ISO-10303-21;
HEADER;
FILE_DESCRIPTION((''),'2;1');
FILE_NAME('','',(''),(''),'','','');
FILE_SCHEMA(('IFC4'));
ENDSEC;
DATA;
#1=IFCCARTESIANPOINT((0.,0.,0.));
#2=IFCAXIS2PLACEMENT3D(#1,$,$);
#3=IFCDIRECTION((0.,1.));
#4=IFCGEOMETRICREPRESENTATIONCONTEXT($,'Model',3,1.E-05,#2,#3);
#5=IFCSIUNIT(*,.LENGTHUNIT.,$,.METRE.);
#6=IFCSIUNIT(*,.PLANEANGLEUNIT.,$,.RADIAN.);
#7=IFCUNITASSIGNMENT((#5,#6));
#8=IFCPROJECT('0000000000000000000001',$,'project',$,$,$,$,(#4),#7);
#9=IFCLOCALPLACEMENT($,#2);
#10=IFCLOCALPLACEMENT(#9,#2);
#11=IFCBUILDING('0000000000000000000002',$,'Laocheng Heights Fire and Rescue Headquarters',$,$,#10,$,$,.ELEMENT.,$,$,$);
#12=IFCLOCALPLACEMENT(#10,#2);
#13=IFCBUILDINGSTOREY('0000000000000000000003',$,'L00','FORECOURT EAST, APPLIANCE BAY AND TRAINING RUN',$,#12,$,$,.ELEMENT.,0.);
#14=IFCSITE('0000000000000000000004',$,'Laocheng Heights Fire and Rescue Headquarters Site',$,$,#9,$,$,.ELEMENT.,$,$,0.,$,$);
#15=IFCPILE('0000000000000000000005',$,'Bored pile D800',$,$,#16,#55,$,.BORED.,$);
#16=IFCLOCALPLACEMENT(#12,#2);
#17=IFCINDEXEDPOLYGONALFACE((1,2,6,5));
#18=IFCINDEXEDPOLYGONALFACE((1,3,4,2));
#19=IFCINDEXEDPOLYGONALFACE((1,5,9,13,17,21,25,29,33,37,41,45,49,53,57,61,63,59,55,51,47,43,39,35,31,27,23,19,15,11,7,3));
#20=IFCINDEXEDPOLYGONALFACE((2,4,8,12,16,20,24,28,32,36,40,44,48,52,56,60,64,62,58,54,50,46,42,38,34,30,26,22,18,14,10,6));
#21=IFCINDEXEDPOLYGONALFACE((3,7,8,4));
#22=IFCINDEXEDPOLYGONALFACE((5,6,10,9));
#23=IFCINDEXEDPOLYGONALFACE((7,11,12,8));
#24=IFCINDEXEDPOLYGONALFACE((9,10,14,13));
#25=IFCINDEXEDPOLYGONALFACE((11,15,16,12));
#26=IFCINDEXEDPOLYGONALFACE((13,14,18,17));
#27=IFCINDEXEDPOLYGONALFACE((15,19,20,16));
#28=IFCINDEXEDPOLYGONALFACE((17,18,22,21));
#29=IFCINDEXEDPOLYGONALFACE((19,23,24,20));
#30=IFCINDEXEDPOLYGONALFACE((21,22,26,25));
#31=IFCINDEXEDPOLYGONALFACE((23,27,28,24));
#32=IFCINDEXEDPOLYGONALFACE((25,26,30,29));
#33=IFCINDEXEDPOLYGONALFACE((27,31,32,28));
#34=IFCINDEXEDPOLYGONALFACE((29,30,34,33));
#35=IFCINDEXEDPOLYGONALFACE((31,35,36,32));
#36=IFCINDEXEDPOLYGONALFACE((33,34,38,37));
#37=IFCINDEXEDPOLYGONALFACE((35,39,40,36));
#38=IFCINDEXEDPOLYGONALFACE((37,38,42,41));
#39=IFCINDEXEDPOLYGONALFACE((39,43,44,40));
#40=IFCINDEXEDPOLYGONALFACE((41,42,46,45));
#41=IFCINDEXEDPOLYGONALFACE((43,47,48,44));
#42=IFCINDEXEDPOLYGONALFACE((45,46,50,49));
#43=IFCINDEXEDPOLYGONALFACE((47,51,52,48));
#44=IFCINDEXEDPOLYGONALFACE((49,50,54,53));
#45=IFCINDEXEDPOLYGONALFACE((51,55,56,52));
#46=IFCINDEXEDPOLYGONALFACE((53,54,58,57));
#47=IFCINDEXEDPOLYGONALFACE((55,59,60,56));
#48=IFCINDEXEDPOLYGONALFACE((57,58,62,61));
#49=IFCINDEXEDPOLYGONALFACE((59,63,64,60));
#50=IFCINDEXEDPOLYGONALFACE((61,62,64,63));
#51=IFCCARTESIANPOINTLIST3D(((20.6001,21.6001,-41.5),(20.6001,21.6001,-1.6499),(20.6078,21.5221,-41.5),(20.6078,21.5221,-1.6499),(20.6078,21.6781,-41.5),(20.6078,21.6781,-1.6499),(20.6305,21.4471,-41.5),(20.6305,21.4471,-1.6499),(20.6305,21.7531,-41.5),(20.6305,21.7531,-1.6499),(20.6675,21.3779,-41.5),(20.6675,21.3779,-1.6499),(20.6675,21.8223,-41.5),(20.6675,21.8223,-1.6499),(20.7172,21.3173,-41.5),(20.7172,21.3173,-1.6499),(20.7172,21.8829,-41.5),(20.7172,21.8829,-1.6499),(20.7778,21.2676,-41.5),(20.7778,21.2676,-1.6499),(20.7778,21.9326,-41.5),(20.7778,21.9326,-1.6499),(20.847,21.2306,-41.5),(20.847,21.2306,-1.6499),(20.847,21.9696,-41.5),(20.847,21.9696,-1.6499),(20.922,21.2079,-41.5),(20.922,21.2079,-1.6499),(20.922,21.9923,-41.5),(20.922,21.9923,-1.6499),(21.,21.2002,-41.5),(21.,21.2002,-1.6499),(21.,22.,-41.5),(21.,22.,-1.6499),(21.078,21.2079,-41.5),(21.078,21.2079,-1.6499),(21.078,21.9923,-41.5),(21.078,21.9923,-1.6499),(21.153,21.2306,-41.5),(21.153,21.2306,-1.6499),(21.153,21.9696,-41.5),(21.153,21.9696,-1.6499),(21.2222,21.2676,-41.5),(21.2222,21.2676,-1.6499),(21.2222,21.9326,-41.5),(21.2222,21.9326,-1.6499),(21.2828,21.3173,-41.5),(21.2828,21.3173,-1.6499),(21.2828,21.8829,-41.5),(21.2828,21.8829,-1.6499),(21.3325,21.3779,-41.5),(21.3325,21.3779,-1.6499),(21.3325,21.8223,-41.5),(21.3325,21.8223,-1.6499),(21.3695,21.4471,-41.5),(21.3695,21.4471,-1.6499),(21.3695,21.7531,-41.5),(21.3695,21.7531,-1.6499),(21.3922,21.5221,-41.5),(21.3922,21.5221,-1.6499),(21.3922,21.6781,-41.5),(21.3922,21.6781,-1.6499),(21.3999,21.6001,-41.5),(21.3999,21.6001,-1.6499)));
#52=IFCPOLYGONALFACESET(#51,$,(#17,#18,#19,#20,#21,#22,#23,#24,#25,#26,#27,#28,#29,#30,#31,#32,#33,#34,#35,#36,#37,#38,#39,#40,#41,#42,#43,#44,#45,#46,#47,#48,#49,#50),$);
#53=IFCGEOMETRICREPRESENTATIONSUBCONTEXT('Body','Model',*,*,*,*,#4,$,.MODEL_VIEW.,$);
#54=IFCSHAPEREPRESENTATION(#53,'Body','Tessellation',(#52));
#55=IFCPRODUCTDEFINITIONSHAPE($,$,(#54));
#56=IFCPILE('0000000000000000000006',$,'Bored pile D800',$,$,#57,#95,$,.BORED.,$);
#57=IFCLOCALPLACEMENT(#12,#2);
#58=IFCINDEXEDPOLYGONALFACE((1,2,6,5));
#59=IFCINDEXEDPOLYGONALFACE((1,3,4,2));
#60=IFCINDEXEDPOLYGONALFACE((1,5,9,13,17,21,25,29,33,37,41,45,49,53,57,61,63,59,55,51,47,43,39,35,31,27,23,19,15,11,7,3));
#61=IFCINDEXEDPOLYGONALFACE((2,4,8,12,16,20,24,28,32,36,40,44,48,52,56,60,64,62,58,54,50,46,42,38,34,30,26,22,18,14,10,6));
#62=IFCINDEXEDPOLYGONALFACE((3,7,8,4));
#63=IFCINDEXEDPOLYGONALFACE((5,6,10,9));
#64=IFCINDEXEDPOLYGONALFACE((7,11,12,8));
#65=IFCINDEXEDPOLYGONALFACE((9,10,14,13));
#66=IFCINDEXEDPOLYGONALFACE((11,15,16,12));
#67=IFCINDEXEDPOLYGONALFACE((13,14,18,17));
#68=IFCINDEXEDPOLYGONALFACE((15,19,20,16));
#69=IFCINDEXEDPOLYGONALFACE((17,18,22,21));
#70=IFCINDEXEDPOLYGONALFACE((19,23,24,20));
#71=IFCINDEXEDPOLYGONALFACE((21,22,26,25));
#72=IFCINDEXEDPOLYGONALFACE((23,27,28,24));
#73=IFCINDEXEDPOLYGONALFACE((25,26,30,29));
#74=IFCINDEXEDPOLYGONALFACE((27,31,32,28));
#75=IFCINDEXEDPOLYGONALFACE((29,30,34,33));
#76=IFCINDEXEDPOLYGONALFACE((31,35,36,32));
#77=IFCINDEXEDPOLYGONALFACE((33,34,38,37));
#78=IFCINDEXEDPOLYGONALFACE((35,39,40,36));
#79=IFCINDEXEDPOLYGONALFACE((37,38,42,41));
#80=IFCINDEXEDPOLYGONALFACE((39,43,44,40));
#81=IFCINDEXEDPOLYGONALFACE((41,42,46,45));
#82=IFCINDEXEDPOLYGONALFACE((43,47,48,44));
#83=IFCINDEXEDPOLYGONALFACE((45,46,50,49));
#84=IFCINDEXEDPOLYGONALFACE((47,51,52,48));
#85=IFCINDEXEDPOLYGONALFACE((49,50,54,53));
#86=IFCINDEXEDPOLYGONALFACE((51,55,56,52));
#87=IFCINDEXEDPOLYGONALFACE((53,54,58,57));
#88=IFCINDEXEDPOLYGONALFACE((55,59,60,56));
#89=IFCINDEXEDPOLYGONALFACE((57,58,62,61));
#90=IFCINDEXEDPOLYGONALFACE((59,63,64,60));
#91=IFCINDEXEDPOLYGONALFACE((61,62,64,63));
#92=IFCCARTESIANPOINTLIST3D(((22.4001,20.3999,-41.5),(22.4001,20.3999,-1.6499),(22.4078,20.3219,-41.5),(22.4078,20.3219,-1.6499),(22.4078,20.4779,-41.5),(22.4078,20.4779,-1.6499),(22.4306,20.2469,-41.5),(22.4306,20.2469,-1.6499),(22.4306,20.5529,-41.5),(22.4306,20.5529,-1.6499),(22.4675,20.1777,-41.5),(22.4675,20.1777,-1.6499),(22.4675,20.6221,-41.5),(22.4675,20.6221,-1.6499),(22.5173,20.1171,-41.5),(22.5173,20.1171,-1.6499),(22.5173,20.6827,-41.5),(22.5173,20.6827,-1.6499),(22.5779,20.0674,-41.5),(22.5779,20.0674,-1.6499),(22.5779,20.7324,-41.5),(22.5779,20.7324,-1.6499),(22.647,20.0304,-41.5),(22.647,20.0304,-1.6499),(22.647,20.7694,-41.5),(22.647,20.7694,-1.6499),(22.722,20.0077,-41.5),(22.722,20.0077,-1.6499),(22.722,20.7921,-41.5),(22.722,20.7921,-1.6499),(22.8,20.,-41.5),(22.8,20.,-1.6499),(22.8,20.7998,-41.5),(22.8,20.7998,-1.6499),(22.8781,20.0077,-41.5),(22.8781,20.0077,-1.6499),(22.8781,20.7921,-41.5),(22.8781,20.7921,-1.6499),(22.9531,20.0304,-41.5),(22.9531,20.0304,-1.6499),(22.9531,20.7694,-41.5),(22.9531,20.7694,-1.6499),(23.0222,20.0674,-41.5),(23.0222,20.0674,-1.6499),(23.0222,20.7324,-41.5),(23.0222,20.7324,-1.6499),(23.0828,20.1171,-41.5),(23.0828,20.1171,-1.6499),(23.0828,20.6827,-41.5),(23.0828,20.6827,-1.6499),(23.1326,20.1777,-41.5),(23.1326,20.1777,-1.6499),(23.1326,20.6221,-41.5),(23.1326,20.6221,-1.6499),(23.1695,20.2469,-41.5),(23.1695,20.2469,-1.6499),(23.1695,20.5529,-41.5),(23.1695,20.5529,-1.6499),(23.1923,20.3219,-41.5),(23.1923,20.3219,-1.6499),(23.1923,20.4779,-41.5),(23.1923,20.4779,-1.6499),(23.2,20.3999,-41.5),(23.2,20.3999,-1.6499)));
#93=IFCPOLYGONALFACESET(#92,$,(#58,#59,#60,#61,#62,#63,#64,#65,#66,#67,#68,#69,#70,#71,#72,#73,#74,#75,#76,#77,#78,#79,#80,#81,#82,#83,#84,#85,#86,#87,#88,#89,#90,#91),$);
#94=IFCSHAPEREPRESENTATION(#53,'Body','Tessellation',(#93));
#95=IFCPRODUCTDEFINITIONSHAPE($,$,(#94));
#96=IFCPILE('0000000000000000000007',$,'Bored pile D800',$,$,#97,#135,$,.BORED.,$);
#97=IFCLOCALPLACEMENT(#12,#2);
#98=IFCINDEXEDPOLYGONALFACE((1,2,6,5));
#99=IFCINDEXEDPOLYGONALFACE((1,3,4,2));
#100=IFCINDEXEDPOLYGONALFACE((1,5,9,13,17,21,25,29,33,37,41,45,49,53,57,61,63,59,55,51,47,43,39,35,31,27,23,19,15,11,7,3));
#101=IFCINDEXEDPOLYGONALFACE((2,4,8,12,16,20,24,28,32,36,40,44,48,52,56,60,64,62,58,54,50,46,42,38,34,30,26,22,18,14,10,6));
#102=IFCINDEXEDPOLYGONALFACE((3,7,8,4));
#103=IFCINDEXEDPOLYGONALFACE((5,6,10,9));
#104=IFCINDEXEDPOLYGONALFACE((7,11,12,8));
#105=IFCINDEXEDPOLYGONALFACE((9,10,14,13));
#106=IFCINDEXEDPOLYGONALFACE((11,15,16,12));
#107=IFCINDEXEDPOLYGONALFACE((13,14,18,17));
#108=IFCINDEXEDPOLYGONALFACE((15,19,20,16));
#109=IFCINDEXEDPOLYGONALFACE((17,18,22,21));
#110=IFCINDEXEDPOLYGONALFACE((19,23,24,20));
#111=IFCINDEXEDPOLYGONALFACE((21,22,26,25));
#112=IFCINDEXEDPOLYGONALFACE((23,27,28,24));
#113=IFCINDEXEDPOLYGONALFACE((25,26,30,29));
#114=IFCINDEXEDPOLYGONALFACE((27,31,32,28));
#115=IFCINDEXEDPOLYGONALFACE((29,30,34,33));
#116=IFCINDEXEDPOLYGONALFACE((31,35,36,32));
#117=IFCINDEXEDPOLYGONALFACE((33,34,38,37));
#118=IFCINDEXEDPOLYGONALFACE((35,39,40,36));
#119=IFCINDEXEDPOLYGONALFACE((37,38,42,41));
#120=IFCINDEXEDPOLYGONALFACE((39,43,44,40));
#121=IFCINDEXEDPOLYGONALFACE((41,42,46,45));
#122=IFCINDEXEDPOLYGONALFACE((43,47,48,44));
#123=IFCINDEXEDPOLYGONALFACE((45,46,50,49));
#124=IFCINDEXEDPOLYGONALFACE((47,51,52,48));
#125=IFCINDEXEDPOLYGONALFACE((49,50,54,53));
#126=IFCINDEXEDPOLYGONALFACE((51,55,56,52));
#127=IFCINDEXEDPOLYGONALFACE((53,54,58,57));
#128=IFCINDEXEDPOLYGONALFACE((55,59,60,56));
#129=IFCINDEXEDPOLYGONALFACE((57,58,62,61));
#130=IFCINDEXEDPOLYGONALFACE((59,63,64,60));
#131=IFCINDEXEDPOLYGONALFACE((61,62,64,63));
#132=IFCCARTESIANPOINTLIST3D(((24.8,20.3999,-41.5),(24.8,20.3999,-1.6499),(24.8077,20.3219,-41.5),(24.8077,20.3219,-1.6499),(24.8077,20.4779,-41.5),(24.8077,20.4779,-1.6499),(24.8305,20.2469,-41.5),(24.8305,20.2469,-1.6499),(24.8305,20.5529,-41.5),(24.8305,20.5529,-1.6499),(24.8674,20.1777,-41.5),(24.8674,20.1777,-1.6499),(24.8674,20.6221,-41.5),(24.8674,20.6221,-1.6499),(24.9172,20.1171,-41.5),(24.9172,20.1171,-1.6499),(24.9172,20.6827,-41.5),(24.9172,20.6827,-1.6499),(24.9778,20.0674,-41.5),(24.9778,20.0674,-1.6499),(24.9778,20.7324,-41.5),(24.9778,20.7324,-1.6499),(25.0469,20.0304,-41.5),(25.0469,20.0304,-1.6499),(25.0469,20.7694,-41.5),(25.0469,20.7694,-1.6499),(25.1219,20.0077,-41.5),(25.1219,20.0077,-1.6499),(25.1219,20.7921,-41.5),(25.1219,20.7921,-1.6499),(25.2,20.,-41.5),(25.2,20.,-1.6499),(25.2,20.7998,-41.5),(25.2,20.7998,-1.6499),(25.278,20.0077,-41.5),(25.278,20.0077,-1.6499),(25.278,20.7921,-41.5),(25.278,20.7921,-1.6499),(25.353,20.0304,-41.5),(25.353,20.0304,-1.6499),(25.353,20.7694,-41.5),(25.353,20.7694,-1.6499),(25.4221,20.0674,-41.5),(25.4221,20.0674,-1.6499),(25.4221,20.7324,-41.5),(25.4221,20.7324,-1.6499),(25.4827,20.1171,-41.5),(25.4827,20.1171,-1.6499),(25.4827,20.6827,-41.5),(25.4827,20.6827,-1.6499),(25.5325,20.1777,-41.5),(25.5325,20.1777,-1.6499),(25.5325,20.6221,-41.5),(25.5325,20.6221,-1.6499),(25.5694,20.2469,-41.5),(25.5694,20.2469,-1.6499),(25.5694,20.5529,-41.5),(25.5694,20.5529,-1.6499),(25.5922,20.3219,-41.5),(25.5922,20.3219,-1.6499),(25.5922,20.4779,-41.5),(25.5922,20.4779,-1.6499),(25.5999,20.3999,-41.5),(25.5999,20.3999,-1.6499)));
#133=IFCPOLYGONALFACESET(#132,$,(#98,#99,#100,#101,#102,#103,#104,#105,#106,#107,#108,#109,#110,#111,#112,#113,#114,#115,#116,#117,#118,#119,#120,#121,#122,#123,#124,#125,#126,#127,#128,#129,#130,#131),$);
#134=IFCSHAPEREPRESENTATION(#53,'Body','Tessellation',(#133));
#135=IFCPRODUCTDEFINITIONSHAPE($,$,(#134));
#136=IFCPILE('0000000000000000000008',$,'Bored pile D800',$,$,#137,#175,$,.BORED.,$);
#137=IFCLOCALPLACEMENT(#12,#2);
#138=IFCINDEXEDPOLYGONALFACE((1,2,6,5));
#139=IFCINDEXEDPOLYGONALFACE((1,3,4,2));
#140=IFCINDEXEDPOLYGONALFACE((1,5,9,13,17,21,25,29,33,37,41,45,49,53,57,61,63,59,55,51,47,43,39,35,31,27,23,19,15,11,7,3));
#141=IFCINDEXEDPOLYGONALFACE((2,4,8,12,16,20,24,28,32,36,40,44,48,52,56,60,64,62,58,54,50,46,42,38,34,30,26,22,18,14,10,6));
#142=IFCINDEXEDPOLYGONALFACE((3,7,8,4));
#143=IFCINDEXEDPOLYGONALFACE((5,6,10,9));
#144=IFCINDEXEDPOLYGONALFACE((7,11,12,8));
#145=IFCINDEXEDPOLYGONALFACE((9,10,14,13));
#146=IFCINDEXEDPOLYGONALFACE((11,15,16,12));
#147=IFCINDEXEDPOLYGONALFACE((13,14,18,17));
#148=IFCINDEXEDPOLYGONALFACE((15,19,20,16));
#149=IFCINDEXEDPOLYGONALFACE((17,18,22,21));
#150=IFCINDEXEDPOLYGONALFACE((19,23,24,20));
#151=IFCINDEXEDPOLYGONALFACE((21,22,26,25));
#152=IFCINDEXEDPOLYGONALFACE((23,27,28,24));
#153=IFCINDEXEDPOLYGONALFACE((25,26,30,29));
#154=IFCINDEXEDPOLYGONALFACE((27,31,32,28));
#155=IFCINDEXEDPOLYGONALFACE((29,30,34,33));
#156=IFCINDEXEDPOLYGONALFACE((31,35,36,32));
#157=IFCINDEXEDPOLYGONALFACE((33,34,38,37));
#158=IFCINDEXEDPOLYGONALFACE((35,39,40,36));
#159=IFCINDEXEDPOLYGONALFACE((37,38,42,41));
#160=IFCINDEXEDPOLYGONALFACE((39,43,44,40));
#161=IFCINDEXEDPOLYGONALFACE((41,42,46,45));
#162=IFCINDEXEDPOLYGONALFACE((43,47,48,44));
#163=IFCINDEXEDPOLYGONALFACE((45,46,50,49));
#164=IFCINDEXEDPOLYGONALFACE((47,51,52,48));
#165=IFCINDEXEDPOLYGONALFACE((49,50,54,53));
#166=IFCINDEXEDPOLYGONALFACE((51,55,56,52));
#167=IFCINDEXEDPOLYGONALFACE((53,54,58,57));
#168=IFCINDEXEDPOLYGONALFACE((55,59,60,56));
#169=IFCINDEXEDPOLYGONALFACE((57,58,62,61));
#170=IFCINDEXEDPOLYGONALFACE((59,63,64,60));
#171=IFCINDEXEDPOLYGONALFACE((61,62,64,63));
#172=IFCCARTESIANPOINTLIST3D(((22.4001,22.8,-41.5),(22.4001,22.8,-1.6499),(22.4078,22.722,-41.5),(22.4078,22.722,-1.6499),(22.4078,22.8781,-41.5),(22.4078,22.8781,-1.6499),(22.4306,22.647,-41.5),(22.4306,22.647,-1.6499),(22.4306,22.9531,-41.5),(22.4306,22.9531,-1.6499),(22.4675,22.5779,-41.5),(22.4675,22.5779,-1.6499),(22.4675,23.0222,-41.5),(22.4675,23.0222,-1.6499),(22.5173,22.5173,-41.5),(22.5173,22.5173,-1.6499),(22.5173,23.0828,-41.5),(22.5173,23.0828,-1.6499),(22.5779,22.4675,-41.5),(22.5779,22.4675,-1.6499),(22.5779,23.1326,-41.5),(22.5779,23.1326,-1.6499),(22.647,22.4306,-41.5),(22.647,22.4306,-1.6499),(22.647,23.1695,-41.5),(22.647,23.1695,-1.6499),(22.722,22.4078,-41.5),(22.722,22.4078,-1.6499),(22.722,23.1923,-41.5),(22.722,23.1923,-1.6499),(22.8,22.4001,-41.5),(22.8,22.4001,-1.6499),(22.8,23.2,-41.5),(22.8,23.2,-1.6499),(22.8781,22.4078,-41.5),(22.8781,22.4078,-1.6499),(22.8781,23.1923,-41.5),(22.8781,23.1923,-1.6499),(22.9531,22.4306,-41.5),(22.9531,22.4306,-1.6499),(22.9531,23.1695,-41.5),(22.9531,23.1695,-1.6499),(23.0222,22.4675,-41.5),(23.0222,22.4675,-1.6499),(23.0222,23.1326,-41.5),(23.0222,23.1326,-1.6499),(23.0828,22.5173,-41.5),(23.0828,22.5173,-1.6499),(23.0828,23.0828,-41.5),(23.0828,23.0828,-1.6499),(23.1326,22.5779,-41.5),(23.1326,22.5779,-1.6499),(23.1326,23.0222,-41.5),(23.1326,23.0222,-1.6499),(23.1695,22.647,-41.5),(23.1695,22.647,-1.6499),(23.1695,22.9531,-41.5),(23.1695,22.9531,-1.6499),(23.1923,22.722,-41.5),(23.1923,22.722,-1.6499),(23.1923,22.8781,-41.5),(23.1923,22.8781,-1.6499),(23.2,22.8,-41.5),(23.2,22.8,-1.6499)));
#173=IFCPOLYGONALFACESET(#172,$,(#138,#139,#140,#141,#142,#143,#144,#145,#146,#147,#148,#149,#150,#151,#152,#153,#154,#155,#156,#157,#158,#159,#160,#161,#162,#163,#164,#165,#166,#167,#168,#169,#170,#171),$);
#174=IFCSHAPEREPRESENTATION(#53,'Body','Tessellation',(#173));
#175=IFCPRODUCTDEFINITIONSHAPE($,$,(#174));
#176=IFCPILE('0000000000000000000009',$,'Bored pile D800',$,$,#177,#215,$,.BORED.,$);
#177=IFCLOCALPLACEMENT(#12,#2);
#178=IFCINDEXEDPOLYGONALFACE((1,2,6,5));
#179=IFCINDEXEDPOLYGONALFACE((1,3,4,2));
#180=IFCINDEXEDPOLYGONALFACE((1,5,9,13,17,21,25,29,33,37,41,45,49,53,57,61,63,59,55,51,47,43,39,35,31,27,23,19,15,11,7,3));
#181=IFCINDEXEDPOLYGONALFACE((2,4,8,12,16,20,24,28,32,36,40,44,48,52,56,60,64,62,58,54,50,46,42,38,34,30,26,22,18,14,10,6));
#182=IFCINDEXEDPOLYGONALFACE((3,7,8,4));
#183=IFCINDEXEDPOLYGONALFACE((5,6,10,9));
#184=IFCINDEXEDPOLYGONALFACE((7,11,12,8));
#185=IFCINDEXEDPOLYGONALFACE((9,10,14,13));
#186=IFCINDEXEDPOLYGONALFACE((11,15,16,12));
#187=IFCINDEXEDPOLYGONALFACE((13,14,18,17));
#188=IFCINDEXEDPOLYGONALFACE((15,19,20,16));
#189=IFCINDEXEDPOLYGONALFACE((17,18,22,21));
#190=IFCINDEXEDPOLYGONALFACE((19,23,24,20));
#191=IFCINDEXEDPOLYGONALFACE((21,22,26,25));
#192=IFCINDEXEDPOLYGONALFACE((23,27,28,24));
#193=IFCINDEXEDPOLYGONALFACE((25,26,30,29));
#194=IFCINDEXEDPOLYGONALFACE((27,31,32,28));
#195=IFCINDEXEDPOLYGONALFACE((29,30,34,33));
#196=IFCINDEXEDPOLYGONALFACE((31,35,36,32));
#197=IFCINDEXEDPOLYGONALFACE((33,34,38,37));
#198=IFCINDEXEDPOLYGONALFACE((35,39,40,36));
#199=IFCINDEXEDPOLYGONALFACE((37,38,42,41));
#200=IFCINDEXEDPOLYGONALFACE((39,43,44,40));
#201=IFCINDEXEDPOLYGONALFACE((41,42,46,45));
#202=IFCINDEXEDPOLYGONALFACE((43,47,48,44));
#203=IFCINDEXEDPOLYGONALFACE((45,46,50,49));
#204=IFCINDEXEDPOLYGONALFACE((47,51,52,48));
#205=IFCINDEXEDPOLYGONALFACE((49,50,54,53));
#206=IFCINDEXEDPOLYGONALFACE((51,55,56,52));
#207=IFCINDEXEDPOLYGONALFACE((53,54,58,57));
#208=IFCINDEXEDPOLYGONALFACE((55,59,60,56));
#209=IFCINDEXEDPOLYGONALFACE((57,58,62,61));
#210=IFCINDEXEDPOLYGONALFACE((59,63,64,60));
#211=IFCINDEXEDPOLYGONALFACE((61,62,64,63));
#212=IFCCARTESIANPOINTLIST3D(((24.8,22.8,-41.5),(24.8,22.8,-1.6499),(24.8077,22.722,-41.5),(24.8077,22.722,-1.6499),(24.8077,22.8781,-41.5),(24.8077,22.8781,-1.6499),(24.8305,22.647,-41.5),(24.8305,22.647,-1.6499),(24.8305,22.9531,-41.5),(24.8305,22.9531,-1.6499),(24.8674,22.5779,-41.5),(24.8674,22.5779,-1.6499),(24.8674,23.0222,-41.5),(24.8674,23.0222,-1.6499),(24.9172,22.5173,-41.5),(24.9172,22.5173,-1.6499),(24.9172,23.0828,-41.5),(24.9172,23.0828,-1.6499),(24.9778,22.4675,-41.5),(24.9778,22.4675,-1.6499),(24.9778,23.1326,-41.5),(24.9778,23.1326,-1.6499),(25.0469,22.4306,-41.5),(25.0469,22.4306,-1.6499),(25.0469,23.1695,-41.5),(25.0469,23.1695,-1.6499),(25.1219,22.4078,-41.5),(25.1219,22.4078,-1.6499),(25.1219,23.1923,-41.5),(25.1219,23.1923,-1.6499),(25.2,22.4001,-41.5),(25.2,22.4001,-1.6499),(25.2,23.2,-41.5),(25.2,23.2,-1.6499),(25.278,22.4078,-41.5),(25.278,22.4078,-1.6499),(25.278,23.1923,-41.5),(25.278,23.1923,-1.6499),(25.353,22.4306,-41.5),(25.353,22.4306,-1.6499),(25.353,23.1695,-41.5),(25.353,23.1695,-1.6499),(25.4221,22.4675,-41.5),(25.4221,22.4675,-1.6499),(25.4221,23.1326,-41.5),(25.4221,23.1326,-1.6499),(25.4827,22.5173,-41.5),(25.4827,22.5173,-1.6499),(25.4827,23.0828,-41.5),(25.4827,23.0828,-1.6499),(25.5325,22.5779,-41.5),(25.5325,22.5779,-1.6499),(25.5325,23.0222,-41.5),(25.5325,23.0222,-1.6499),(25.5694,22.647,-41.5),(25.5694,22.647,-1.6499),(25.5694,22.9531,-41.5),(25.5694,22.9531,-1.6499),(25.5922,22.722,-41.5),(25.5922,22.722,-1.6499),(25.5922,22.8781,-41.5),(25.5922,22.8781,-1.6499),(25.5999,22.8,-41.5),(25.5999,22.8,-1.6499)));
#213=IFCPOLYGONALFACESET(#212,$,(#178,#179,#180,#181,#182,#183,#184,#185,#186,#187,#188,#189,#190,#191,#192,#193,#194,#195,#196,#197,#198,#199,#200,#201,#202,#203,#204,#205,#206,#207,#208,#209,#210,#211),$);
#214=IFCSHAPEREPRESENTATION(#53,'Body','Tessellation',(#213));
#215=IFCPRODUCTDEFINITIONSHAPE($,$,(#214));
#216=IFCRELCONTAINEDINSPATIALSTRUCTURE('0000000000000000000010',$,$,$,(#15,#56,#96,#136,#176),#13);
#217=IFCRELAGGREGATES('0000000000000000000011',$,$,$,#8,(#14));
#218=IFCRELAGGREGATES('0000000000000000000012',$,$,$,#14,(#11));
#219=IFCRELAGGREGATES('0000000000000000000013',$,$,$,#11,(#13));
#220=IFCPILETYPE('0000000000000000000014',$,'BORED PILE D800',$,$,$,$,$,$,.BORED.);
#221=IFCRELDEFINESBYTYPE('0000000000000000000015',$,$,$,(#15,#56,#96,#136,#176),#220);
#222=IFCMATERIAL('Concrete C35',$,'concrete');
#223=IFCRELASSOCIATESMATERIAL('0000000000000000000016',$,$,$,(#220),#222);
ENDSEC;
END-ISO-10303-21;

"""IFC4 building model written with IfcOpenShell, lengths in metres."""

from ifc_helpers import new_model, si_unit, direction, frame, origin, origin_2d, place, context, subcontext, project, spatial, circle, extrude, material, material_profile, profile_set, type_object, element, save


model = new_model("IFC4")

# Units and contexts
model_context = context("Model", 3, precision=1e-05, world=origin(), true_north=direction((0.0, 1.0)))
body_context = subcontext(model_context, "Body", "Model", "MODEL_VIEW")
ifc_project = project(units=[si_unit("LENGTHUNIT", "METRE"), si_unit("PLANEANGLEUNIT", "RADIAN")], contexts=[model_context])

# Site, building, storey
site_placement = place(None, origin())
site = spatial("IfcSite", under=ifc_project, at=site_placement, Name="Laocheng Heights Fire and Rescue Headquarters Site", CompositionType="ELEMENT", RefElevation=0.0)
building_placement = place(site_placement, origin())
building = spatial("IfcBuilding", under=site, at=building_placement, Name="Laocheng Heights Fire and Rescue Headquarters", CompositionType="ELEMENT")
storey_placement = place(building_placement, origin())
storey = spatial("IfcBuildingStorey", under=building, at=storey_placement, Name="L00", Description="FORECOURT EAST, APPLIANCE BAY AND TRAINING RUN", CompositionType="ELEMENT", Elevation=0.0)

# Piles
ifc_material_1 = material(Name="Concrete C35", Category="concrete")
ifc_material_profile_1 = material_profile(ifc_material_1, circle(Radius=0.3999, at=origin_2d()), Name="BORED PILE D800")
ifc_profile_set_1 = profile_set([ifc_material_profile_1], Name="Concrete C35")
pile_type = type_object("IfcPileType", Name="BORED PILE D800", PredefinedType="BORED", material=ifc_profile_set_1)
for number, where, z_axis, x_axis, name in (
    (1, (21.0, 21.6001, -1.6499), (0.0, 0.0, -1.0), (1.0, 0.0, 0.0), "Bored pile D800"),
    (2, (22.8, 20.3999, -1.6499), (0.0, 0.0, -1.0), (1.0, 0.0, 0.0), "Bored pile D800"),
    (3, (25.2, 20.3999, -1.6499), (0.0, 0.0, -1.0), (1.0, 0.0, 0.0), "Bored pile D800"),
    (4, (22.8, 22.8, -1.6499), (0.0, 0.0, -1.0), (1.0, 0.0, 0.0), "Bored pile D800"),
    (5, (25.2, 22.8, -1.6499), (0.0, 0.0, -1.0), (1.0, 0.0, 0.0), "Bored pile D800"),
):
    element("IfcPile", number, at=place(storey_placement, frame(where, z_axis=z_axis, x_axis=x_axis)), inside=storey, type_object=pile_type, Name=name, PredefinedType="BORED", context=body_context, shape_type="SweptSolid", body=[
        extrude(circle(Radius=0.3999, at=origin_2d()), origin(), (0.0, 0.0, 1.0), 39.8501),
    ])

save(model, "model.ifc")
